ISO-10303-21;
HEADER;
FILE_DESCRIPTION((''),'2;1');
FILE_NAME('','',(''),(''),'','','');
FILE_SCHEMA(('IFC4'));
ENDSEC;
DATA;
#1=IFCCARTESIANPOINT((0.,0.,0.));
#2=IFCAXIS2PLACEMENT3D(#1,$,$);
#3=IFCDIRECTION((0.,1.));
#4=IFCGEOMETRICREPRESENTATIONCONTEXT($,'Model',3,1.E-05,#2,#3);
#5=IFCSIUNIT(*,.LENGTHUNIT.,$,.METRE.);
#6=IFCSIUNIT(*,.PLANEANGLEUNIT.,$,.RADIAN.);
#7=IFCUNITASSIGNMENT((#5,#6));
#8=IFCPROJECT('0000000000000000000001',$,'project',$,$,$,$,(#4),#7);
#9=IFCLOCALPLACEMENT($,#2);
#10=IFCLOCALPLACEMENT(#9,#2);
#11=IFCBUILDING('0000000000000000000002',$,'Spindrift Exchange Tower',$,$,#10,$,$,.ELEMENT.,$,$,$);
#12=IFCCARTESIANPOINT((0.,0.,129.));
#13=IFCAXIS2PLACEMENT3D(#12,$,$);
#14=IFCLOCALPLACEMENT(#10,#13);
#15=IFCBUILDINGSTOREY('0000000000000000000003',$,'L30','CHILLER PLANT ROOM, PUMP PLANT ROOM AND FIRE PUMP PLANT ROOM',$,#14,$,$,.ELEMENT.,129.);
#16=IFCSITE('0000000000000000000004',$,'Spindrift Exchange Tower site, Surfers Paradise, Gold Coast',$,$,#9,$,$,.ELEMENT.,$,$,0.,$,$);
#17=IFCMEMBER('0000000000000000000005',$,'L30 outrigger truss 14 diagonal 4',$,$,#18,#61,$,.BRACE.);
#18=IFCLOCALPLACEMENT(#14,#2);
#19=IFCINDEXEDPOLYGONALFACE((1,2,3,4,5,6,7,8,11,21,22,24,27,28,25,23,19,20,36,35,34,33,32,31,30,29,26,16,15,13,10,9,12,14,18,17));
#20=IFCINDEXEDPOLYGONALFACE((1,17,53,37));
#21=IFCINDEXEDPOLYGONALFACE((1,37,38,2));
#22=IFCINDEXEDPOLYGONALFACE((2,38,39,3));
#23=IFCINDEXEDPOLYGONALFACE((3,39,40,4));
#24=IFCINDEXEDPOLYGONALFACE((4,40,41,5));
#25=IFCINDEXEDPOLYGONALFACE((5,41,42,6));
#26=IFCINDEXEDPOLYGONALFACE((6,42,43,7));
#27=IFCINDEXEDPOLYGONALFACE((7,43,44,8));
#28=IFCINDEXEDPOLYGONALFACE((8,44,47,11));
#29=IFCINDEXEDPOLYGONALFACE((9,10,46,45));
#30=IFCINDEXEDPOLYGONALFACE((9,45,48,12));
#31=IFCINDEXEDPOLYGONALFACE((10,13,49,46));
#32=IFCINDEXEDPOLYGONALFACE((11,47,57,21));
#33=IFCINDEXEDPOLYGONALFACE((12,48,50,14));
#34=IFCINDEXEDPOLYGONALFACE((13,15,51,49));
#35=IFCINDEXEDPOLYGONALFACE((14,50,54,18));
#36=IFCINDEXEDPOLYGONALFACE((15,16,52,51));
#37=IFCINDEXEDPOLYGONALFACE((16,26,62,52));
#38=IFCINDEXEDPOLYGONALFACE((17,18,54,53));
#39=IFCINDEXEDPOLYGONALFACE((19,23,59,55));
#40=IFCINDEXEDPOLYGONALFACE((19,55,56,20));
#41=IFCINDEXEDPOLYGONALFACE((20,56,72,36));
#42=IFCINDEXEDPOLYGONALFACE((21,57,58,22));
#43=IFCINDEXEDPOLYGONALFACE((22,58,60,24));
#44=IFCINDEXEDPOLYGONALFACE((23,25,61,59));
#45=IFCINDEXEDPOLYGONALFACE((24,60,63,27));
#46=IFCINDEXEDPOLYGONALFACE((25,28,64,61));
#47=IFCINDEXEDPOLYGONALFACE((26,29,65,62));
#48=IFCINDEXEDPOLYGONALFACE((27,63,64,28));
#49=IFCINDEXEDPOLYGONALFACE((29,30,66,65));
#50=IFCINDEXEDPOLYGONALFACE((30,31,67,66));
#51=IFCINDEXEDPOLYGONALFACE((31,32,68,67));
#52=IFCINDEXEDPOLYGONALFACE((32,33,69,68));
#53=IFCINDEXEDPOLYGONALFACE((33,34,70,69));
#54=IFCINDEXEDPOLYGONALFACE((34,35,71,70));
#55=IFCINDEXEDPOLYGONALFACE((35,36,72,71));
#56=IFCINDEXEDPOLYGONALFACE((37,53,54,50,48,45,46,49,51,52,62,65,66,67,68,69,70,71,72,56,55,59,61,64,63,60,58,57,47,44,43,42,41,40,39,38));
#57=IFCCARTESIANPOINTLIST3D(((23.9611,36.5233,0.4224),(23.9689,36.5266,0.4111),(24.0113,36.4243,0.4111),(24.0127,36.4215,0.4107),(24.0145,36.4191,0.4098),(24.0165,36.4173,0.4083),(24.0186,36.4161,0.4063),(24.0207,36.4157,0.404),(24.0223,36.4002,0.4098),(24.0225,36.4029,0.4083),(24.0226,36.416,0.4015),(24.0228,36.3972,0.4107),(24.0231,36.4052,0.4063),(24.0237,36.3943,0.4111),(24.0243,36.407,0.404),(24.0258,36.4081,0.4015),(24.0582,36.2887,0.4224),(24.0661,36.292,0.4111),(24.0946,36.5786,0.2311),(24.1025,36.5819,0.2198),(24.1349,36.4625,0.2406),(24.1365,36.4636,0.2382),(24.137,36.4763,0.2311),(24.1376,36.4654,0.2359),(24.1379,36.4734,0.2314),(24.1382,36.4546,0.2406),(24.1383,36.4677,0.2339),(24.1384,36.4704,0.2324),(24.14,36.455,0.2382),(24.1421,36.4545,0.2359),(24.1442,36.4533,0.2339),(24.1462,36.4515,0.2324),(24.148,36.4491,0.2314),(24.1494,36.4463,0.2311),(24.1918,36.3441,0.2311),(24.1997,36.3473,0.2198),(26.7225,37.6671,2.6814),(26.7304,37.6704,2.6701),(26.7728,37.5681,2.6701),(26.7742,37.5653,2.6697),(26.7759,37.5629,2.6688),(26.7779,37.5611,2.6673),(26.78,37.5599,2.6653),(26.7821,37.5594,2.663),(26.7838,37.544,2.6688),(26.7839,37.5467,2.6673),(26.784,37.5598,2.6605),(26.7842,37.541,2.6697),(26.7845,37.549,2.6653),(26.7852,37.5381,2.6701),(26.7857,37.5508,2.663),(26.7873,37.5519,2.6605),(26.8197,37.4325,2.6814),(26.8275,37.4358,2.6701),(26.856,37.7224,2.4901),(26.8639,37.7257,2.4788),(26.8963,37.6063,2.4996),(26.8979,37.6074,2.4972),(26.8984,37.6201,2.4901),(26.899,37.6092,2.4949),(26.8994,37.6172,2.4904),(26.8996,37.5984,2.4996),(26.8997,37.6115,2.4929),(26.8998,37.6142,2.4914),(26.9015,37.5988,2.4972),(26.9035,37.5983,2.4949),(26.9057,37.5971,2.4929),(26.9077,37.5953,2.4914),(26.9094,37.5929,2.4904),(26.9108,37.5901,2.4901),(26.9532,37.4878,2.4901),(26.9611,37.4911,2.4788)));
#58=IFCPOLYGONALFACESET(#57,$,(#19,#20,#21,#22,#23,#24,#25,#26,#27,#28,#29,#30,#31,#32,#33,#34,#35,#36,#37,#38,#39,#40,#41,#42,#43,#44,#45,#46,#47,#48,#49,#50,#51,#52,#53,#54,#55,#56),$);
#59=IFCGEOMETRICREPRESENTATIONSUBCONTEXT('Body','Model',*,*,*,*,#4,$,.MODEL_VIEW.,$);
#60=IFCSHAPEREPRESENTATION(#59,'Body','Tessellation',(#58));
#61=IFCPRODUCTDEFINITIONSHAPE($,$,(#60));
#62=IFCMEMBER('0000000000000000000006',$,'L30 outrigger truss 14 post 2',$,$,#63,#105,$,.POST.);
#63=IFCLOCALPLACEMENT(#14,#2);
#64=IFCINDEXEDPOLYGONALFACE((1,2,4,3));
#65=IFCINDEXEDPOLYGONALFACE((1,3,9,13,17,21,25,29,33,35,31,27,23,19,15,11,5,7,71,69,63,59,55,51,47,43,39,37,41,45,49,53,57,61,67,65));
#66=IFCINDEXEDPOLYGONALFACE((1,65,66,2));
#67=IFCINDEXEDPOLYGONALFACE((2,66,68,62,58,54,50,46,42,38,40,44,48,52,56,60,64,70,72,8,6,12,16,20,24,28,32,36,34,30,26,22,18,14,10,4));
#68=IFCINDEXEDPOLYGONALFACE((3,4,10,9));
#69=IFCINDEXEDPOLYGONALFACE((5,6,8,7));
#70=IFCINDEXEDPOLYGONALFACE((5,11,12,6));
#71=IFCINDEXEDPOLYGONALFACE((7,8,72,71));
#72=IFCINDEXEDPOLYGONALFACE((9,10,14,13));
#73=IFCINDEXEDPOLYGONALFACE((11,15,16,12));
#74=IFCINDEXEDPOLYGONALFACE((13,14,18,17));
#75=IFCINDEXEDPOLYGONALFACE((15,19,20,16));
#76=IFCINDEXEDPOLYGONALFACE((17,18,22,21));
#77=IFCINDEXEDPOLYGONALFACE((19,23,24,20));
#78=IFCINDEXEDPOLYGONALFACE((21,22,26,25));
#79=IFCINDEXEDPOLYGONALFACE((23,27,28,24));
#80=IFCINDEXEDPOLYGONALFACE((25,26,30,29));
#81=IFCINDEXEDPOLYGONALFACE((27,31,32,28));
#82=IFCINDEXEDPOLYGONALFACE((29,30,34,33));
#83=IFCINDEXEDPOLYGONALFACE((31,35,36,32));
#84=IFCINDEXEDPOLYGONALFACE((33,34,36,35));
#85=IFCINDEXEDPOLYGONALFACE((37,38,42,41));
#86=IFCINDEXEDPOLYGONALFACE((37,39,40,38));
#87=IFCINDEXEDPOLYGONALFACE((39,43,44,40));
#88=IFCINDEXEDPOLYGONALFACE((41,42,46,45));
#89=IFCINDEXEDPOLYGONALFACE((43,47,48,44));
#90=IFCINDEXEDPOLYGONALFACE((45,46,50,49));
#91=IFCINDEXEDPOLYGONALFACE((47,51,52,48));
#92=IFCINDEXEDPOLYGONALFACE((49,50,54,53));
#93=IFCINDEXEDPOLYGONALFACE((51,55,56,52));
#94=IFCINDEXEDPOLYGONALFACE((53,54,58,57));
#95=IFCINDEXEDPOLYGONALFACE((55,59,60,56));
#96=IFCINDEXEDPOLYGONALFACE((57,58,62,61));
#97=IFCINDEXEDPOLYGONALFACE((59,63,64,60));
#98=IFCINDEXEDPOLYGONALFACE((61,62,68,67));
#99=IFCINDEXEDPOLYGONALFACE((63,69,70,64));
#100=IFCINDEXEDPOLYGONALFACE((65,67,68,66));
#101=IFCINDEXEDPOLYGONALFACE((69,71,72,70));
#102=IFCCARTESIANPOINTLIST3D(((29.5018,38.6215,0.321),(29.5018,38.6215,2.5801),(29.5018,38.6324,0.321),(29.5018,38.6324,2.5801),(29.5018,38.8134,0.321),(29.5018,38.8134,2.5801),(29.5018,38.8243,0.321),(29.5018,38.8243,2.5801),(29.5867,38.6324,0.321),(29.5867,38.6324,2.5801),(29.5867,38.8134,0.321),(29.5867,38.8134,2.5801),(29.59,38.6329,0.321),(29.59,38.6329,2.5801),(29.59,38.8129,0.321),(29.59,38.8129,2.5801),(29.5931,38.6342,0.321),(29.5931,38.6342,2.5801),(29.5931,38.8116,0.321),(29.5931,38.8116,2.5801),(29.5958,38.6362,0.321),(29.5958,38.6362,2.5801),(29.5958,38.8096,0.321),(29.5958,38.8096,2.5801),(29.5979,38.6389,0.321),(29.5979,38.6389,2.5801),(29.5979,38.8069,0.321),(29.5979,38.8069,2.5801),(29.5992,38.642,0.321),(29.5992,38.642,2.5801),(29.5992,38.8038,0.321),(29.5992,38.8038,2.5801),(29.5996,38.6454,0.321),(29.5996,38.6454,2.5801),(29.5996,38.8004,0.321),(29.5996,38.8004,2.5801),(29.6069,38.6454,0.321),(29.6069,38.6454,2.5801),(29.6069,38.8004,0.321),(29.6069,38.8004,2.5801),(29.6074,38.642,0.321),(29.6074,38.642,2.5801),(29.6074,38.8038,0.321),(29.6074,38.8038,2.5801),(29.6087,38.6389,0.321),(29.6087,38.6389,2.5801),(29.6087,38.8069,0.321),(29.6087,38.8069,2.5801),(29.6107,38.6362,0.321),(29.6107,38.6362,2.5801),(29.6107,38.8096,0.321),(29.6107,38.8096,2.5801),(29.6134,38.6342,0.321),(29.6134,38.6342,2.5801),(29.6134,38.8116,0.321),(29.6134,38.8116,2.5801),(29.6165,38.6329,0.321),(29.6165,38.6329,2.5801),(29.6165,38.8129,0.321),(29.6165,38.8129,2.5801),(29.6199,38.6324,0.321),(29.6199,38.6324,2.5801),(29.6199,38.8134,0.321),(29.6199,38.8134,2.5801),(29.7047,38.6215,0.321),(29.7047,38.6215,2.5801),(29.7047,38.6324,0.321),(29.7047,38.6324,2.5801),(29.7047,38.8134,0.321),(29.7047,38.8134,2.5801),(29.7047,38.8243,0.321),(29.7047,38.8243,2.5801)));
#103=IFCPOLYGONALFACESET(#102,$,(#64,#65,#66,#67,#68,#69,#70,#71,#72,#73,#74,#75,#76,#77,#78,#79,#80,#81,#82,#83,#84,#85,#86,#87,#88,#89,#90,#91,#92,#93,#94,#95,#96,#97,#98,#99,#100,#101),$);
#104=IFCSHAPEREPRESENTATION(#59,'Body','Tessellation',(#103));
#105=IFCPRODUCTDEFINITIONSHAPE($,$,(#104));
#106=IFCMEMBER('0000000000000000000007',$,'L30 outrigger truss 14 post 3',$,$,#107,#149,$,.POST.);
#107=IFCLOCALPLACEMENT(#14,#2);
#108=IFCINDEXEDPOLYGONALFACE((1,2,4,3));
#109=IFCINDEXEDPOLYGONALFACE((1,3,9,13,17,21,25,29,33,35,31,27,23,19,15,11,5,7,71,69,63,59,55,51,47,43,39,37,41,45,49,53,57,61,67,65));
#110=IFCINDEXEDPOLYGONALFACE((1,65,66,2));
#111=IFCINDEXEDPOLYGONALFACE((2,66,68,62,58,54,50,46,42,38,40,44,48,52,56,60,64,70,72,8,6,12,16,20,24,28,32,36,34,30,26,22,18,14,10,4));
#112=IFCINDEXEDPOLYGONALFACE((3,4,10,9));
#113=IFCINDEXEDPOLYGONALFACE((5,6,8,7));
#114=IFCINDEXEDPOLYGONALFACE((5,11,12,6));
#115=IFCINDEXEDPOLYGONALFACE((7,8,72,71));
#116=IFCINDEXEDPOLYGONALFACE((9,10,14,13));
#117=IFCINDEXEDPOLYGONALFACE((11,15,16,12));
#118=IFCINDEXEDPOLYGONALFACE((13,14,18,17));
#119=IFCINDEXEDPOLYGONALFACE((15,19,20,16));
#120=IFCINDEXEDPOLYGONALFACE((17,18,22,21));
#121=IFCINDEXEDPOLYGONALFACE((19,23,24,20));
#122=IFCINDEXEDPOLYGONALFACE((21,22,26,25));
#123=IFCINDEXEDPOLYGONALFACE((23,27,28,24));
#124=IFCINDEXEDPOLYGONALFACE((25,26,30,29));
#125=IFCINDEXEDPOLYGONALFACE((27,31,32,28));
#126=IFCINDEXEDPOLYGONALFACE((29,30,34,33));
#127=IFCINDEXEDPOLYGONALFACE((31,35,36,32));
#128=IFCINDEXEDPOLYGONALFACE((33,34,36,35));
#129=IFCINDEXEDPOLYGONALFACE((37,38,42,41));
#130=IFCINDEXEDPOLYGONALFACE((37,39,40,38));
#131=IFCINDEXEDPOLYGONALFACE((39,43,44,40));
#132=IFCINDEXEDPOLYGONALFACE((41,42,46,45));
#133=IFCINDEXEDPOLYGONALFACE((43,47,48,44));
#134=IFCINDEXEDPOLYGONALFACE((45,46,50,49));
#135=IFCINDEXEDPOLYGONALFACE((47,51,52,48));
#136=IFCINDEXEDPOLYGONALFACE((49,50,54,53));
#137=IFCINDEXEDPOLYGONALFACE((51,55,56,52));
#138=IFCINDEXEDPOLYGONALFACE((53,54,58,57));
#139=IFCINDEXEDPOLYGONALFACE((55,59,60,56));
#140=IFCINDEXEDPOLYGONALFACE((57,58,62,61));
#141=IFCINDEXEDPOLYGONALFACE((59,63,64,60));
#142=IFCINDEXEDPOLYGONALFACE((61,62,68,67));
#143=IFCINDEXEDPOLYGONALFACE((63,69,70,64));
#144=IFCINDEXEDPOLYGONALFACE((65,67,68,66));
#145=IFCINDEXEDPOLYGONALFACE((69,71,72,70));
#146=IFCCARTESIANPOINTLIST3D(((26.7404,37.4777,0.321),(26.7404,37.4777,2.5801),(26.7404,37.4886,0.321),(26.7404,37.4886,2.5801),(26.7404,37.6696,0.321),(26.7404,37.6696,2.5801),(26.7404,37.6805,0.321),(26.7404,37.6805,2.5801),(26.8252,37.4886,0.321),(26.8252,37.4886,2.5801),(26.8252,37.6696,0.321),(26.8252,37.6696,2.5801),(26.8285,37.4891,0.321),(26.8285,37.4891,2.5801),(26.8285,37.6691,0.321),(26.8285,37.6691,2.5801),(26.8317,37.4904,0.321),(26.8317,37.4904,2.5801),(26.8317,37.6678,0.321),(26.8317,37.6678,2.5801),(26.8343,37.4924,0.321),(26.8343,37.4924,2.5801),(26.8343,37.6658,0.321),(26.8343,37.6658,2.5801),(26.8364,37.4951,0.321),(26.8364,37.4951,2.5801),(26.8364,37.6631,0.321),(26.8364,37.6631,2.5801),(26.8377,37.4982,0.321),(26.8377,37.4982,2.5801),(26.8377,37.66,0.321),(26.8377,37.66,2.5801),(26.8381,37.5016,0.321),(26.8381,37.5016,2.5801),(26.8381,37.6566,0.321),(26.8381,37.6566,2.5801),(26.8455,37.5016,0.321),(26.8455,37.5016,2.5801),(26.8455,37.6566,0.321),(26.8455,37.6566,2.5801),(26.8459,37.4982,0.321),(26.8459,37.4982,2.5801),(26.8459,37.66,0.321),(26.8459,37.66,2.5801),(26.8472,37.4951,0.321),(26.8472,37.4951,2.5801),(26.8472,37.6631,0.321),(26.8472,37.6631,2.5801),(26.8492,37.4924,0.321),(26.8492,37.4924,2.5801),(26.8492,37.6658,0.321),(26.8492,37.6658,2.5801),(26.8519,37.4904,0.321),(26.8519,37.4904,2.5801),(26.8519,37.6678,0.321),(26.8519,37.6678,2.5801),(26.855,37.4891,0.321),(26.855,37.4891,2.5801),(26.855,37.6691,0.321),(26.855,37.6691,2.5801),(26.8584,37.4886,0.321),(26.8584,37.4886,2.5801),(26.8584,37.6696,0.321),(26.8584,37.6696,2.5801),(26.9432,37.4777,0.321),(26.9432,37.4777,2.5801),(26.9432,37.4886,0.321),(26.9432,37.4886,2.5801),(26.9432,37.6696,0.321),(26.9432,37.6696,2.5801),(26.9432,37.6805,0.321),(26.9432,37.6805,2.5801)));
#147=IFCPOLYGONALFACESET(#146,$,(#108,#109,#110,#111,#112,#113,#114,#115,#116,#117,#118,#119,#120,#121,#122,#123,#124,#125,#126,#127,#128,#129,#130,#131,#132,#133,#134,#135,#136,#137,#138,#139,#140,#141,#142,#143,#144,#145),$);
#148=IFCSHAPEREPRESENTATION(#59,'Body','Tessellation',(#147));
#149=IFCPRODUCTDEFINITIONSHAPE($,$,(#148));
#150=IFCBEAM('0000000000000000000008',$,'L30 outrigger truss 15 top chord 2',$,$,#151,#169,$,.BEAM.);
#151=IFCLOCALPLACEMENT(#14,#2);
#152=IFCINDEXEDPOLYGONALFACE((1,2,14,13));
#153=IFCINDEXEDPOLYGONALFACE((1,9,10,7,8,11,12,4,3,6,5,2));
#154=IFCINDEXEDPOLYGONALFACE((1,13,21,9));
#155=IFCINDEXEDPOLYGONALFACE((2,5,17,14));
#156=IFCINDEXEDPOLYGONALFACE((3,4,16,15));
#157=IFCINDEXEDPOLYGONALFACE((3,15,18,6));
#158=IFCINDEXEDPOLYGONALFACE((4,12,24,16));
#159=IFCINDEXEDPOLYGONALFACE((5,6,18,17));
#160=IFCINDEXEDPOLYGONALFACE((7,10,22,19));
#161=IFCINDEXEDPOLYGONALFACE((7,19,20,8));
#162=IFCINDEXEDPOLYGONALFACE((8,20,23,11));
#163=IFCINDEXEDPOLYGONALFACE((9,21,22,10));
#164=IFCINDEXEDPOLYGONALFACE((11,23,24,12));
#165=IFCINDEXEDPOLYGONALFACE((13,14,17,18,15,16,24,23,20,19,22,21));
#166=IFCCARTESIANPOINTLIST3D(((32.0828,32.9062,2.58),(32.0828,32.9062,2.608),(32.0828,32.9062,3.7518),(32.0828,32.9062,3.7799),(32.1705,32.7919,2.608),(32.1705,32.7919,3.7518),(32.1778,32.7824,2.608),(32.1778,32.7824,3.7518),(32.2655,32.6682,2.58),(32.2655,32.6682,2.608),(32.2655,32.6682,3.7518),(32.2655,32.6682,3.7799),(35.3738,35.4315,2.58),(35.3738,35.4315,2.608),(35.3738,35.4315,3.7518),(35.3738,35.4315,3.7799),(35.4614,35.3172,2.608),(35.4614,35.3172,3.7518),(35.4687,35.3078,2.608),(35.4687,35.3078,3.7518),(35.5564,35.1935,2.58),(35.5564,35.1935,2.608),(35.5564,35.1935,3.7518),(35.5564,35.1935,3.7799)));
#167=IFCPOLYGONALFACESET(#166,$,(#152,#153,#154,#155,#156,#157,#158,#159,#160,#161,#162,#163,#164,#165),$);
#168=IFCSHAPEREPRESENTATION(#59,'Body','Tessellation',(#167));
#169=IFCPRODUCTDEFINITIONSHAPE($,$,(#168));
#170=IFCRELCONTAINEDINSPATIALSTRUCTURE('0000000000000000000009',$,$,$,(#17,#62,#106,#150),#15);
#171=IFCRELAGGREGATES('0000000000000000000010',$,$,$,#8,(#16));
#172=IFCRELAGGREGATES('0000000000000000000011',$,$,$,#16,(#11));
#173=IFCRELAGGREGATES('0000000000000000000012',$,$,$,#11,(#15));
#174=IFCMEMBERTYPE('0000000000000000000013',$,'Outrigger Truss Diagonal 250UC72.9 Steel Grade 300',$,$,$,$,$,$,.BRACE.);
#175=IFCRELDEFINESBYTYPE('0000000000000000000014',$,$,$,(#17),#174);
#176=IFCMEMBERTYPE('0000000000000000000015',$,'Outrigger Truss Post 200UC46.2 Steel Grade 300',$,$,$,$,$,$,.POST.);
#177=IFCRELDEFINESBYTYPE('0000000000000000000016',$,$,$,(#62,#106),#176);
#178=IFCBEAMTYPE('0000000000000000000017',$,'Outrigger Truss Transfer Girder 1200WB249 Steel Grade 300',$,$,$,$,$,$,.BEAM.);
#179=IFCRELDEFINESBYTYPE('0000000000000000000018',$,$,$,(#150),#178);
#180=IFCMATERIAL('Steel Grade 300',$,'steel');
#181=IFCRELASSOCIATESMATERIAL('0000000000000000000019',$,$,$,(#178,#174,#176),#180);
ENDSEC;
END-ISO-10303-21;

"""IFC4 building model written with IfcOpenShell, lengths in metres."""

from ifc_helpers import new_model, si_unit, direction, frame, origin, origin_2d, place, context, subcontext, project, spatial, i_section, extrude, source, transform, mapped, material, material_profile, profile_set, type_object, element, save


model = new_model("IFC4")

# Units and contexts
model_context = context("Model", 3, precision=1e-05, world=origin(), true_north=direction((0.0, 1.0)))
body_context = subcontext(model_context, "Body", "Model", "MODEL_VIEW")
ifc_project = project(units=[si_unit("LENGTHUNIT", "METRE"), si_unit("PLANEANGLEUNIT", "RADIAN")], contexts=[model_context])

# Site, building, storey
site_placement = place(None, origin())
site = spatial("IfcSite", under=ifc_project, at=site_placement, Name="Spindrift Exchange Tower site, Surfers Paradise, Gold Coast", CompositionType="ELEMENT", RefElevation=0.0)
building_placement = place(site_placement, origin())
building = spatial("IfcBuilding", under=site, at=building_placement, Name="Spindrift Exchange Tower", CompositionType="ELEMENT")
storey_placement = place(building_placement, frame((0.0, 0.0, 129.0)))
storey = spatial("IfcBuildingStorey", under=building, at=storey_placement, Name="L30", Description="CHILLER PLANT ROOM, PUMP PLANT ROOM AND FIRE PUMP PLANT ROOM", CompositionType="ELEMENT", Elevation=129.0)

# Shared definitions
ifc_material_1 = material(Name="Steel Grade 300", Category="steel")
ifc_material_profile_1 = material_profile(ifc_material_1, i_section(OverallWidth=0.3, OverallDepth=1.2, WebThickness=0.012, FlangeThickness=0.0281, at=origin_2d()), Name="1200WB249")
ifc_profile_set_1 = profile_set([ifc_material_profile_1], Name="Steel Grade 300")
beam_type = type_object("IfcBeamType", Name="Outrigger Truss Transfer Girder 1200WB249 Steel Grade 300", PredefinedType="BEAM", material=ifc_profile_set_1)

# Shared definitions
ifc_material_profile_2 = material_profile(ifc_material_1, i_section(OverallWidth=0.2539, OverallDepth=0.2539, WebThickness=0.0085, FlangeThickness=0.0142, FilletRadius=0.012, at=origin_2d()), Name="250UC72.9")
ifc_profile_set_2 = profile_set([ifc_material_profile_2], Name="Steel Grade 300")
member_type_1 = type_object("IfcMemberType", Name="Outrigger Truss Diagonal 250UC72.9 Steel Grade 300", PredefinedType="BRACE", material=ifc_profile_set_2)

# Members
shared_shape_1 = source(origin(), body_context, "Body", "SweptSolid", [
    extrude(i_section(OverallWidth=0.2539, OverallDepth=0.2539, WebThickness=0.0085, FlangeThickness=0.0142, FilletRadius=0.012, at=origin_2d()), origin(), (0.0, 0.0, 1.0), 3.7466),
])
for number, where, z_axis, x_axis, name in (
    (1, (26.8418, 37.5791, 2.5801), (-0.737055, -0.305287, -0.60295), (0.382672, -0.923884, 0.0), "L30 outrigger truss 14 diagonal 4"),
):
    element("IfcMember", number, at=place(storey_placement, frame(where, z_axis=z_axis, x_axis=x_axis)), inside=storey, type_object=member_type_1, Name=name, PredefinedType="BRACE", context=body_context, shape_type="MappedRepresentation", body=[
        mapped(shared_shape_1, transform((0.0, 0.0, 0.0), scale=1.0)),
    ])
ifc_material_profile_3 = material_profile(ifc_material_1, i_section(OverallWidth=0.2029, OverallDepth=0.2029, WebThickness=0.0073, FlangeThickness=0.011, FilletRadius=0.0129, at=origin_2d()), Name="200UC46.2")
ifc_profile_set_3 = profile_set([ifc_material_profile_3], Name="Steel Grade 300")
member_type_2 = type_object("IfcMemberType", Name="Outrigger Truss Post 200UC46.2 Steel Grade 300", PredefinedType="POST", material=ifc_profile_set_3)
shared_shape_2 = source(origin(), body_context, "Body", "SweptSolid", [
    extrude(i_section(OverallWidth=0.2029, OverallDepth=0.2029, WebThickness=0.0073, FlangeThickness=0.011, FilletRadius=0.0129, at=origin_2d()), origin(), (0.0, 0.0, 1.0), 2.259),
])
for number, where, z_axis, x_axis, name in (
    (2, (29.6033, 38.7229, 0.321), (0.0, 0.0, 1.0), (1.0, 0.0, 0.0), "L30 outrigger truss 14 post 2"),
    (3, (26.8418, 37.5791, 0.321), (0.0, 0.0, 1.0), (1.0, 0.0, 0.0), "L30 outrigger truss 14 post 3"),
):
    element("IfcMember", number, at=place(storey_placement, frame(where, z_axis=z_axis, x_axis=x_axis)), inside=storey, type_object=member_type_2, Name=name, PredefinedType="POST", context=body_context, shape_type="MappedRepresentation", body=[
        mapped(shared_shape_2, transform((0.0, 0.0, 0.0), scale=1.0)),
    ])

# Beam
shared_shape_3 = source(origin(), body_context, "Body", "SweptSolid", [
    extrude(i_section(OverallWidth=0.3, OverallDepth=1.2, WebThickness=0.012, FlangeThickness=0.0281, at=origin_2d()), origin(), (0.0, 0.0, 1.0), 4.1482),
])
beam_1_placement = place(storey_placement, frame((35.4651, 35.3125, 3.1799), z_axis=(-0.793341, -0.608777, 0.0), x_axis=(0.608777, -0.793341, 0.0)))
element("IfcBeam", 4, at=beam_1_placement, inside=storey, type_object=beam_type, Name="L30 outrigger truss 15 top chord 2", PredefinedType="BEAM", context=body_context, shape_type="MappedRepresentation", body=[
    mapped(shared_shape_3, transform((0.0, 0.0, 0.0), scale=1.0)),
])

save(model, "model.ifc")
